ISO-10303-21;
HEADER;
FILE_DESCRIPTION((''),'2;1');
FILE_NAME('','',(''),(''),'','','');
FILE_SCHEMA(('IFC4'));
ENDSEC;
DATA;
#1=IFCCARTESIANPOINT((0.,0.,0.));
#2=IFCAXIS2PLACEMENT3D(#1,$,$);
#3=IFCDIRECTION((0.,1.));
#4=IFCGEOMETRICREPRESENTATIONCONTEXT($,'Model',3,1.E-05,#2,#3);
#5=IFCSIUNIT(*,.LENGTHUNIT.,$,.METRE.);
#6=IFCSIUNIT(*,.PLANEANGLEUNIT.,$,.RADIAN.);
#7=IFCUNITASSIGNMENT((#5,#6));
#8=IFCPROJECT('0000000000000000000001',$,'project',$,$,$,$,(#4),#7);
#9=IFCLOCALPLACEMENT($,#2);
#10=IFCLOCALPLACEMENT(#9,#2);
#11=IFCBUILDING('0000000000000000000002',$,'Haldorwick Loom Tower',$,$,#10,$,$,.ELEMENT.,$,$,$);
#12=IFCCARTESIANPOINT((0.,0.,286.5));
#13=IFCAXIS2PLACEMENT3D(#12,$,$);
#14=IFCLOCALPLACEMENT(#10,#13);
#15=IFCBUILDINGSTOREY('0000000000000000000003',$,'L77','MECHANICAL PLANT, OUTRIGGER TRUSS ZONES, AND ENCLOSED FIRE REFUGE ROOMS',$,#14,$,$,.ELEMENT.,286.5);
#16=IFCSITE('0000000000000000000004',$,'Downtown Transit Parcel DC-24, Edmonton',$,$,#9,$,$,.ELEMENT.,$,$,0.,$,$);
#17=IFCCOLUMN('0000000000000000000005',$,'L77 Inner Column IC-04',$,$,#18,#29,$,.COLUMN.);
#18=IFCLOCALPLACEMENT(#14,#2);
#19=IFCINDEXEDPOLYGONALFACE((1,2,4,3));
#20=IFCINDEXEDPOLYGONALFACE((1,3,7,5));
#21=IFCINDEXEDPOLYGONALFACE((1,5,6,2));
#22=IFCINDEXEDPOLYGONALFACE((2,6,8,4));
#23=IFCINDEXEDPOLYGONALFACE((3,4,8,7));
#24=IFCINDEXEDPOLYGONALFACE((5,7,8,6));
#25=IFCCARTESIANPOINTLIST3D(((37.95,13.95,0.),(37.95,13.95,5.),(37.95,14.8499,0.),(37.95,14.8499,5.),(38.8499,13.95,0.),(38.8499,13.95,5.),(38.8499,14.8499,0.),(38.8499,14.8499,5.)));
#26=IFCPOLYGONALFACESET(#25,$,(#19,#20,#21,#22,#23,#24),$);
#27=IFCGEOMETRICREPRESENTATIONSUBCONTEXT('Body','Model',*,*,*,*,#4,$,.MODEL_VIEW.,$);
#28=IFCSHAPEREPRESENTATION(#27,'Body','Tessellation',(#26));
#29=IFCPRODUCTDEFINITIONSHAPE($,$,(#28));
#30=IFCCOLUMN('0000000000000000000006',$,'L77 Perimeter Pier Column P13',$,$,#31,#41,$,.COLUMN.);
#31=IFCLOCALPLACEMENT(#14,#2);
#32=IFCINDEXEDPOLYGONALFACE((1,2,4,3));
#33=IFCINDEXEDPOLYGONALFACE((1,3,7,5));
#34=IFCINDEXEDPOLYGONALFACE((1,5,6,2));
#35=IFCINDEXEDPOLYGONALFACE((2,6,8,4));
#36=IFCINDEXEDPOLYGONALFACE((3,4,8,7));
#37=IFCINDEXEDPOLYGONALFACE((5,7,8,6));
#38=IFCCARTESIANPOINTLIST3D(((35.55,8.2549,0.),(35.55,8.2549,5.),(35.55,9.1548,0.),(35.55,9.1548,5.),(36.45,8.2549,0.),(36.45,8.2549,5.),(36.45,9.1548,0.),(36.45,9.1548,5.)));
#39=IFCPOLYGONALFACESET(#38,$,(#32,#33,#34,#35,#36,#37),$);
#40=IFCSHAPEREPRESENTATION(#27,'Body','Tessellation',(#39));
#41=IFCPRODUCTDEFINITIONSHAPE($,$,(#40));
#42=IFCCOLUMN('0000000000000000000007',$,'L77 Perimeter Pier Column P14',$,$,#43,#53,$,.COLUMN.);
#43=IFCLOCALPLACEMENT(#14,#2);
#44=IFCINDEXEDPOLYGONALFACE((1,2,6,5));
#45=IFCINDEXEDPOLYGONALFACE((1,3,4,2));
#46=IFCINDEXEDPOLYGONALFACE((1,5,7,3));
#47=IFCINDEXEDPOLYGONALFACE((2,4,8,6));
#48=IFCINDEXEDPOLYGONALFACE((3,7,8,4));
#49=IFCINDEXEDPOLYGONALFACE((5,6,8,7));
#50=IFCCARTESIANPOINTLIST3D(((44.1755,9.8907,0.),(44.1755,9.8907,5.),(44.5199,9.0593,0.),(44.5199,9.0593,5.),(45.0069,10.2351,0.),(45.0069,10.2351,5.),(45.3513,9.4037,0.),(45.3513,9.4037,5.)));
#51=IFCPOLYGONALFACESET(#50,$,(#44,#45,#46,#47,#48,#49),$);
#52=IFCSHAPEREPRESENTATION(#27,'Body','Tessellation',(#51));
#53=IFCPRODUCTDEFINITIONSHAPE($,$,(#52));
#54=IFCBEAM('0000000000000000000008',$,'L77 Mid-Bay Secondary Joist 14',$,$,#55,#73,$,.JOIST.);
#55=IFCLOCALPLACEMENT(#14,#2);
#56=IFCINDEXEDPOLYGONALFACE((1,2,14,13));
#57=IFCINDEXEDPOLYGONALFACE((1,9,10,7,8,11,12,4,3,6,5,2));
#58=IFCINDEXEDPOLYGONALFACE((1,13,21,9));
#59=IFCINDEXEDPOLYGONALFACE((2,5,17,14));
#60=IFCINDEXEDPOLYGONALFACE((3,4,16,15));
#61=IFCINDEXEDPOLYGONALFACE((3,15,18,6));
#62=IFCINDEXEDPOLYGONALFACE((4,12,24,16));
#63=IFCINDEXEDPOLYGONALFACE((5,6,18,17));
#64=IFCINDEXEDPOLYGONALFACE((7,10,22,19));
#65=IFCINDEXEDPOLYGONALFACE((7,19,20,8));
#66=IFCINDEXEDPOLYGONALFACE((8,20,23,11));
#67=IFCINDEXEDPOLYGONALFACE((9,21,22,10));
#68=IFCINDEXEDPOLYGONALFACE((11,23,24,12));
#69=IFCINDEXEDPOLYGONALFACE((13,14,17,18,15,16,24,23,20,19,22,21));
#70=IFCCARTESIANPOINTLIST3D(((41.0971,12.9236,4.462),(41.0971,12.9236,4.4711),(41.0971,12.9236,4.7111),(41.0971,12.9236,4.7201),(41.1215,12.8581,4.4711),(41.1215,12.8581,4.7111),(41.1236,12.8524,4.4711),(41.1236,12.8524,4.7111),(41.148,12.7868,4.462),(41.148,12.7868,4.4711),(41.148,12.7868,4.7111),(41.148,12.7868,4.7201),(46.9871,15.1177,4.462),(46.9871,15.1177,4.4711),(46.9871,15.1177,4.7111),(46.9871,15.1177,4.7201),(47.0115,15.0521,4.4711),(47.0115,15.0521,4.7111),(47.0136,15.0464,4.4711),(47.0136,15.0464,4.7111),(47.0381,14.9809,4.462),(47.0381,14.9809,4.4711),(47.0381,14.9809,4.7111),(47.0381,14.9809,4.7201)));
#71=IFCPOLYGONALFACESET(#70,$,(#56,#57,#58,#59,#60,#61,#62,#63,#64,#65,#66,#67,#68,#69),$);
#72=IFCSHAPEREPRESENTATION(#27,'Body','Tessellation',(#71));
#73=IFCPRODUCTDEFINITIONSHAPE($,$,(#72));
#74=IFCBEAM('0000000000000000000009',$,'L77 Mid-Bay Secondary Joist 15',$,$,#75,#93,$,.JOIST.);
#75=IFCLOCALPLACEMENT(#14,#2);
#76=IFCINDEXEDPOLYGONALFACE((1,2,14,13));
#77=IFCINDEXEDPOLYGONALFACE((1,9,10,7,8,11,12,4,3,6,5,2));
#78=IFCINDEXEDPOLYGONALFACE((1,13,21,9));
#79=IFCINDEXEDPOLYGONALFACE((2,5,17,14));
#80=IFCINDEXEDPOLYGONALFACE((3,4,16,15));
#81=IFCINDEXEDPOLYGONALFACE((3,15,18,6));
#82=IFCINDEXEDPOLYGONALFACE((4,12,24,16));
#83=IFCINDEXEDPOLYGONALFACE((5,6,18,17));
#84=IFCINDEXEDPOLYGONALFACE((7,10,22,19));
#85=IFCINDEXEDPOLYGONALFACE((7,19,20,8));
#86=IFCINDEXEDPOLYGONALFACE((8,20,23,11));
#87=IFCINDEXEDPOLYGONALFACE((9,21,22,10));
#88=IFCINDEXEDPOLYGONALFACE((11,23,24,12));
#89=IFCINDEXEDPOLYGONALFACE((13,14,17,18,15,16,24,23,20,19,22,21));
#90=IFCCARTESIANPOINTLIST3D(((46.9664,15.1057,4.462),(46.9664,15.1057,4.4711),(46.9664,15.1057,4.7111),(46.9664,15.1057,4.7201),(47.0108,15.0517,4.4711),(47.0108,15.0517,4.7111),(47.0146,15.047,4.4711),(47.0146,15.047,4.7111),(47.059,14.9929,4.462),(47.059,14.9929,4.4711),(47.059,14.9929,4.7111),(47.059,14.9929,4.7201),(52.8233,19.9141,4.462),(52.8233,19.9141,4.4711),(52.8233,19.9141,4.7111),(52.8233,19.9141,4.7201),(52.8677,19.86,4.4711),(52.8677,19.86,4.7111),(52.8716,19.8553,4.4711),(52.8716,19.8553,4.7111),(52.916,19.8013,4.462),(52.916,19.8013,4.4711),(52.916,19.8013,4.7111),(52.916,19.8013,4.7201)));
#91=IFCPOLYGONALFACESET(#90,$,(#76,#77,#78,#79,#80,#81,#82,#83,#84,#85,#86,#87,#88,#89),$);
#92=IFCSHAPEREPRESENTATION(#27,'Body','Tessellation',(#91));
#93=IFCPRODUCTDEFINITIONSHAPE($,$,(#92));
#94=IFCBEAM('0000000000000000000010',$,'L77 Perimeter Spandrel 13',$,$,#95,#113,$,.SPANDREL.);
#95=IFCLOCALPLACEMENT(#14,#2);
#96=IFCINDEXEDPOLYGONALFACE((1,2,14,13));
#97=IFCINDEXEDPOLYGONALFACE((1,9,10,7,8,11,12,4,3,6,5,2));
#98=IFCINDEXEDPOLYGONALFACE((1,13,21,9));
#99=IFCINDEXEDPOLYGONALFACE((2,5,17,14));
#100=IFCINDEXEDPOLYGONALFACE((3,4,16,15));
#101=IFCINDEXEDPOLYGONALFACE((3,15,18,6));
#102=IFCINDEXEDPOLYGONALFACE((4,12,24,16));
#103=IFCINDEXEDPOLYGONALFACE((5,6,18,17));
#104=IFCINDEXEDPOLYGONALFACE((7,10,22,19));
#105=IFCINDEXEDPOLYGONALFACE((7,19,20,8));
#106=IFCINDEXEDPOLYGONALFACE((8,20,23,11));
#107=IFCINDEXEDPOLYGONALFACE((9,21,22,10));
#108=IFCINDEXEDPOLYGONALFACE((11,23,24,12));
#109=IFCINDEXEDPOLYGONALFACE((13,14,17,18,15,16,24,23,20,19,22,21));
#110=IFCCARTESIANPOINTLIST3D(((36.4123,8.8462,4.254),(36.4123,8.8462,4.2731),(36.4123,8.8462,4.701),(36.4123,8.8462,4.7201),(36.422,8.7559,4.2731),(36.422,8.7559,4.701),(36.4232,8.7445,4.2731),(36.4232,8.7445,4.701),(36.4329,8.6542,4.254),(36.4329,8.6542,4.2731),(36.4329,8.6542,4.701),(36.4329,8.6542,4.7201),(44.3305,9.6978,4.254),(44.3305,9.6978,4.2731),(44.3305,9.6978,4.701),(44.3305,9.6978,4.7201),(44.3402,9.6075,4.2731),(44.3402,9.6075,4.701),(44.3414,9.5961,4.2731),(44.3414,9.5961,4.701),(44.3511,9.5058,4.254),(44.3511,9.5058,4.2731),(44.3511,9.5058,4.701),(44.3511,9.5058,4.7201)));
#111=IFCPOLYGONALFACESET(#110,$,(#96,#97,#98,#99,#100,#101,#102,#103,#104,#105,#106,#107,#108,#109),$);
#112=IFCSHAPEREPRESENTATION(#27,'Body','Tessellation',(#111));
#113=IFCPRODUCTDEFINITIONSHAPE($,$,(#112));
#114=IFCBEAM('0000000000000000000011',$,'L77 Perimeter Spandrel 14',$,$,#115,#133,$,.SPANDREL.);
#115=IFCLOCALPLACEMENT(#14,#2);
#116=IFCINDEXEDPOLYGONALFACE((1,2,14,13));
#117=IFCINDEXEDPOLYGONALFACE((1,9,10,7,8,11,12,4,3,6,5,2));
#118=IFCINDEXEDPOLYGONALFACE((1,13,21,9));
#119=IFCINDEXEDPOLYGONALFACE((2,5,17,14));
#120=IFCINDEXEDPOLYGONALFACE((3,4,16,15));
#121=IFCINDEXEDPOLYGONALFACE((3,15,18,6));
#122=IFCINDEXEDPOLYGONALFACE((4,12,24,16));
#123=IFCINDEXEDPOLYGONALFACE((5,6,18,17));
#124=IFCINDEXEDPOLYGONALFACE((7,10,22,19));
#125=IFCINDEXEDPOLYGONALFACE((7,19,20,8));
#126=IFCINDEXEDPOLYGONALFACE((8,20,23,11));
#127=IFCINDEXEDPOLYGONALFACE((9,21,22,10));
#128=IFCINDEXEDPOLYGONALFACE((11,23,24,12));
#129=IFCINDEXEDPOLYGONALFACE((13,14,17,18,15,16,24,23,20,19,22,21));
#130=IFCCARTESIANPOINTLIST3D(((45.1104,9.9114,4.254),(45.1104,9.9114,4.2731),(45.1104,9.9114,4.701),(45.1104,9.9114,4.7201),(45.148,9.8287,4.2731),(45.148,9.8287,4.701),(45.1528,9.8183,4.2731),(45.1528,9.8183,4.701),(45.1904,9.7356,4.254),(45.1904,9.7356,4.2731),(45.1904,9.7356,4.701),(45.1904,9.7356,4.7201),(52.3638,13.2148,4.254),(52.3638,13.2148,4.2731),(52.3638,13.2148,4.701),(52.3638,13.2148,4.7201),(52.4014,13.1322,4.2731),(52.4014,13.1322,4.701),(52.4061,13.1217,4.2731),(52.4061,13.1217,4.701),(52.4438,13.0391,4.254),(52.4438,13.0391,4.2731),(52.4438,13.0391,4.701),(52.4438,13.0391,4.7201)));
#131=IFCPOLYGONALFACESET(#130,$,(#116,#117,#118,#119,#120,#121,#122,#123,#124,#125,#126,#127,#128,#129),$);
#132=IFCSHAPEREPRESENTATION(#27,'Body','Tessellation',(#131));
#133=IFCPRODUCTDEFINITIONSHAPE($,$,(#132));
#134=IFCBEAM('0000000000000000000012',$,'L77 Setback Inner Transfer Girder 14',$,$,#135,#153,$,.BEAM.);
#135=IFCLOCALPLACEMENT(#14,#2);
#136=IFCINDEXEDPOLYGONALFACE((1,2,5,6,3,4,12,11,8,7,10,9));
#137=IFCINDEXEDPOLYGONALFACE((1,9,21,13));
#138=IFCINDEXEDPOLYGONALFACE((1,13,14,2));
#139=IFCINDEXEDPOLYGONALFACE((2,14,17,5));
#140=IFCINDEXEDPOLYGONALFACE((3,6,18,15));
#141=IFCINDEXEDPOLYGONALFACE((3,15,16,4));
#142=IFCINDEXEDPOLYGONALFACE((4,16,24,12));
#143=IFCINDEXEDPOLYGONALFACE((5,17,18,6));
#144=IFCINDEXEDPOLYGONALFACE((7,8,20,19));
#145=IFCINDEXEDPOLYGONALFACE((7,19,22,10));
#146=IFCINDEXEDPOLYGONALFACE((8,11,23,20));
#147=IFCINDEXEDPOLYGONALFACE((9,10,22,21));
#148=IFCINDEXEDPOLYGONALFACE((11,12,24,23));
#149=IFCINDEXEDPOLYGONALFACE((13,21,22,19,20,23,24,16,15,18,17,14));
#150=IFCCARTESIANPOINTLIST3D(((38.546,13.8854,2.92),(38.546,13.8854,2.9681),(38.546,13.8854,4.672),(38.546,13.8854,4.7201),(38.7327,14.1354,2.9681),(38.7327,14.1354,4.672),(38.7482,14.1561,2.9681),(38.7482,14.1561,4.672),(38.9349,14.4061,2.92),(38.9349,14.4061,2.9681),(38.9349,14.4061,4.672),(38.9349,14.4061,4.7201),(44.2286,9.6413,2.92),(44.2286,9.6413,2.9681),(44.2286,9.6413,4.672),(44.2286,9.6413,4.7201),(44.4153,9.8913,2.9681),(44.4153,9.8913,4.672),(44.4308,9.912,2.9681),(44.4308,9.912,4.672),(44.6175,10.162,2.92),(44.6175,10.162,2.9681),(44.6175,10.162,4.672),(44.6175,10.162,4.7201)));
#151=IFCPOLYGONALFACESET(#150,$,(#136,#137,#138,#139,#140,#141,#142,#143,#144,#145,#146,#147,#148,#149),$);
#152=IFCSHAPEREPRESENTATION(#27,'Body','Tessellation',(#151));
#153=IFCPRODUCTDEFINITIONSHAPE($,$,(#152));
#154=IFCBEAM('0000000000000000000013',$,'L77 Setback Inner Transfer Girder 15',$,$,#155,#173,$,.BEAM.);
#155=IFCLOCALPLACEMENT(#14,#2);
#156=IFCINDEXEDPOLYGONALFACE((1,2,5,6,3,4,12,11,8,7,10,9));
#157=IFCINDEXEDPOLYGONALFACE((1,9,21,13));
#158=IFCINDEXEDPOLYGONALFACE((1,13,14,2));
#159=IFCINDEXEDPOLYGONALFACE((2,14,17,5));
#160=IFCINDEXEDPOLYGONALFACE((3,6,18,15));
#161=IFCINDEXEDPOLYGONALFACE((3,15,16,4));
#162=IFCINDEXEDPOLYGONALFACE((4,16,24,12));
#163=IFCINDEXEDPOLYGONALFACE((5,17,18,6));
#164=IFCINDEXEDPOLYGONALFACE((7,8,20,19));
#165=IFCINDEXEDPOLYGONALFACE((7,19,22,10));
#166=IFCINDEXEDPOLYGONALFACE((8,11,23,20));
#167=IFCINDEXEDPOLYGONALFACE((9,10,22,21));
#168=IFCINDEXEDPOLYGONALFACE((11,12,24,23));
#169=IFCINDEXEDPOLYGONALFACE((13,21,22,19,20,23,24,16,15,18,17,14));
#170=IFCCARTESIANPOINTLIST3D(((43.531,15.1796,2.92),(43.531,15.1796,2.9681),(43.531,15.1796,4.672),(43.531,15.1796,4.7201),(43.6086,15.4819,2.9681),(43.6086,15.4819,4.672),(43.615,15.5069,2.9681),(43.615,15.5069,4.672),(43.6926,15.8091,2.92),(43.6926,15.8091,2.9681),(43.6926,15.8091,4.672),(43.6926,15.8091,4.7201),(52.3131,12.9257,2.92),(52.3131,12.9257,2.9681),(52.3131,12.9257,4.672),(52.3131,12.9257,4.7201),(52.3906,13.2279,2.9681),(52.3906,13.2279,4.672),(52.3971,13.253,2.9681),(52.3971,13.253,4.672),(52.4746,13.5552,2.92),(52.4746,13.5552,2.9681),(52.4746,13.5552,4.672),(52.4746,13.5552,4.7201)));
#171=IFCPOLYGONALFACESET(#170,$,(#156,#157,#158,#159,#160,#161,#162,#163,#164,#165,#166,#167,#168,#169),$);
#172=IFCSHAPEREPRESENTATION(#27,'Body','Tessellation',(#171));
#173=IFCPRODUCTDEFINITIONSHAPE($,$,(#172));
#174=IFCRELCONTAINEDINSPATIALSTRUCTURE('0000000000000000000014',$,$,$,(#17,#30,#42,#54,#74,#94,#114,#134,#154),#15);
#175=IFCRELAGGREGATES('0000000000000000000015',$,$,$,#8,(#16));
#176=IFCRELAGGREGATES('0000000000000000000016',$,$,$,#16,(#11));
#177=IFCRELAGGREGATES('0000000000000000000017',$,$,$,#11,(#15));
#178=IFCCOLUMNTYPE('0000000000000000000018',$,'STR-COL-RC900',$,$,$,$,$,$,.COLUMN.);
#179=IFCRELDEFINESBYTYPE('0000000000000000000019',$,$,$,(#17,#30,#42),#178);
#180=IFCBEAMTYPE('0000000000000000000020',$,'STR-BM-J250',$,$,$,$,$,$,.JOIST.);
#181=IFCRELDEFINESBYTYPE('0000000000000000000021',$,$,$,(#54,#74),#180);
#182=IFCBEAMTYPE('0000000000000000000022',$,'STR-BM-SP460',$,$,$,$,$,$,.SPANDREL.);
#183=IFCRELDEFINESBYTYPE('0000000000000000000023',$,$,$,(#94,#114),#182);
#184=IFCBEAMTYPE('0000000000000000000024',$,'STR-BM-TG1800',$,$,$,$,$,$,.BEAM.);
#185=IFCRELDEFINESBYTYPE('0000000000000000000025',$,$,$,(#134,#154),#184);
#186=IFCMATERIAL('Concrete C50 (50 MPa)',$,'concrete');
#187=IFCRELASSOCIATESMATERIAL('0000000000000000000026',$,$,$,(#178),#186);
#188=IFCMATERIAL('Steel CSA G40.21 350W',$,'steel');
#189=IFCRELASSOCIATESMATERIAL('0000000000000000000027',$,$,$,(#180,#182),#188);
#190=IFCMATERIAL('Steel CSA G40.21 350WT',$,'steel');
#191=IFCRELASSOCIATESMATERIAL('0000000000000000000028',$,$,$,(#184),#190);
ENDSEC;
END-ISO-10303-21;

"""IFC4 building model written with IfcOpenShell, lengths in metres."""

from ifc_helpers import new_model, si_unit, direction, frame, origin, origin_2d, place, context, subcontext, project, spatial, rectangle, i_section, extrude, material, material_profile, profile_set, type_object, element, save


model = new_model("IFC4")

# Units and contexts
model_context = context("Model", 3, precision=1e-05, world=origin(), true_north=direction((0.0, 1.0)))
body_context = subcontext(model_context, "Body", "Model", "MODEL_VIEW")
ifc_project = project(units=[si_unit("LENGTHUNIT", "METRE"), si_unit("PLANEANGLEUNIT", "RADIAN")], contexts=[model_context])

# Site, building, storey
site_placement = place(None, origin())
site = spatial("IfcSite", under=ifc_project, at=site_placement, Name="Downtown Transit Parcel DC-24, Edmonton", CompositionType="ELEMENT", RefElevation=0.0)
building_placement = place(site_placement, origin())
building = spatial("IfcBuilding", under=site, at=building_placement, Name="Haldorwick Loom Tower", CompositionType="ELEMENT")
storey_placement = place(building_placement, frame((0.0, 0.0, 286.5)))
storey = spatial("IfcBuildingStorey", under=building, at=storey_placement, Name="L77", Description="MECHANICAL PLANT, OUTRIGGER TRUSS ZONES, AND ENCLOSED FIRE REFUGE ROOMS", CompositionType="ELEMENT", Elevation=286.5)

# Columns
ifc_material_1 = material(Name="Concrete C50 (50 MPa)", Category="concrete")
ifc_material_profile_1 = material_profile(ifc_material_1, rectangle(XDim=0.8999, YDim=0.8999, at=origin_2d()), Name="RC900X900", Category="concrete")
ifc_profile_set_1 = profile_set([ifc_material_profile_1], Name="Concrete C50 (50 MPa)")
column_type = type_object("IfcColumnType", Name="STR-COL-RC900", PredefinedType="COLUMN", material=ifc_profile_set_1)
for number, where, z_axis, x_axis, name in (
    (1, (38.3999, 14.3999, 0.0), (0.0, 0.0, 1.0), (1.0, 0.0, 0.0), "L77 Inner Column IC-04"),
    (2, (36.0, 8.7048, 0.0), (0.0, 0.0, 1.0), (0.0, -1.0, 0.0), "L77 Perimeter Pier Column P13"),
    (3, (44.7634, 9.6472, 0.0), (0.0, 0.0, 1.0), (0.382683, -0.92388, 0.0), "L77 Perimeter Pier Column P14"),
):
    element("IfcColumn", number, at=place(storey_placement, frame(where, z_axis=z_axis, x_axis=x_axis)), inside=storey, type_object=column_type, Name=name, PredefinedType="COLUMN", context=body_context, shape_type="SweptSolid", body=[
        extrude(rectangle(XDim=0.8999, YDim=0.8999, at=origin_2d()), origin(), (0.0, 0.0, 1.0), 5.0),
    ])

# Beams
ifc_material_2 = material(Name="Steel CSA G40.21 350W", Category="steel")
ifc_material_profile_2 = material_profile(ifc_material_2, i_section(OverallWidth=0.146, OverallDepth=0.2581, WebThickness=0.0061, FlangeThickness=0.009, at=origin_2d()), Name="W250X33", Category="steel")
ifc_profile_set_2 = profile_set([ifc_material_profile_2], Name="Steel CSA G40.21 350W")
beam_type_1 = type_object("IfcBeamType", Name="STR-BM-J250", PredefinedType="JOIST", material=ifc_profile_set_2)
beam_1_placement = place(storey_placement, frame((41.1226, 12.8552, 4.5911), z_axis=(0.937096, 0.349071, 0.0), x_axis=(-0.349071, 0.937096, 0.0)))
element("IfcBeam", 4, at=beam_1_placement, inside=storey, type_object=beam_type_1, Name="L77 Mid-Bay Secondary Joist 14", PredefinedType="JOIST", context=body_context, shape_type="SweptSolid", body=[
    extrude(i_section(OverallWidth=0.146, OverallDepth=0.2581, WebThickness=0.0061, FlangeThickness=0.009, at=origin_2d()), origin(), (0.0, 0.0, 1.0), 6.2854),
])
beam_2_placement = place(storey_placement, frame((47.0127, 15.0493, 4.5911), z_axis=(0.772901, 0.634526, 0.0), x_axis=(-0.634526, 0.772901, 0.0)))
element("IfcBeam", 5, at=beam_2_placement, inside=storey, type_object=beam_type_1, Name="L77 Mid-Bay Secondary Joist 15", PredefinedType="JOIST", context=body_context, shape_type="SweptSolid", body=[
    extrude(i_section(OverallWidth=0.146, OverallDepth=0.2581, WebThickness=0.0061, FlangeThickness=0.009, at=origin_2d()), origin(), (0.0, 0.0, 1.0), 7.5779),
])
ifc_material_profile_3 = material_profile(ifc_material_2, i_section(OverallWidth=0.1931, OverallDepth=0.4661, WebThickness=0.0115, FlangeThickness=0.019, at=origin_2d()), Name="W460X97", Category="steel")
ifc_profile_set_3 = profile_set([ifc_material_profile_3], Name="Steel CSA G40.21 350W")
beam_type_2 = type_object("IfcBeamType", Name="STR-BM-SP460", PredefinedType="SPANDREL", material=ifc_profile_set_3)
beam_3_placement = place(storey_placement, frame((36.4226, 8.7502, 4.4871), z_axis=(0.994267, 0.106928, 0.0), x_axis=(-0.106928, 0.994267, 0.0)))
element("IfcBeam", 6, at=beam_3_placement, inside=storey, type_object=beam_type_2, Name="L77 Perimeter Spandrel 13", PredefinedType="SPANDREL", context=body_context, shape_type="SweptSolid", body=[
    extrude(i_section(OverallWidth=0.1931, OverallDepth=0.4661, WebThickness=0.0115, FlangeThickness=0.019, at=origin_2d()), origin(), (0.0, 0.0, 1.0), 7.9639),
])
beam_4_placement = place(storey_placement, frame((45.1504, 9.8235, 4.4871), z_axis=(0.910061, 0.414474, 0.0), x_axis=(-0.414474, 0.910061, 0.0)))
element("IfcBeam", 7, at=beam_4_placement, inside=storey, type_object=beam_type_2, Name="L77 Perimeter Spandrel 14", PredefinedType="SPANDREL", context=body_context, shape_type="SweptSolid", body=[
    extrude(i_section(OverallWidth=0.1931, OverallDepth=0.4661, WebThickness=0.0115, FlangeThickness=0.019, at=origin_2d()), origin(), (0.0, 0.0, 1.0), 7.9702),
])
ifc_material_3 = material(Name="Steel CSA G40.21 350WT", Category="steel")
ifc_material_profile_4 = material_profile(ifc_material_3, i_section(OverallWidth=0.6499, OverallDepth=1.8, WebThickness=0.0259, FlangeThickness=0.0481, at=origin_2d()), Name="WWF1800X650", Category="steel")
ifc_profile_set_4 = profile_set([ifc_material_profile_4], Name="Steel CSA G40.21 350WT")
beam_type_3 = type_object("IfcBeamType", Name="STR-BM-TG1800", PredefinedType="BEAM", material=ifc_profile_set_4)
beam_5_placement = place(storey_placement, frame((38.7405, 14.1458, 3.8201), z_axis=(0.801205, -0.598391, 0.0), x_axis=(0.598391, 0.801205, 0.0)))
element("IfcBeam", 8, at=beam_5_placement, inside=storey, type_object=beam_type_3, Name="L77 Setback Inner Transfer Girder 14", PredefinedType="BEAM", context=body_context, shape_type="SweptSolid", body=[
    extrude(i_section(OverallWidth=0.6499, OverallDepth=1.8, WebThickness=0.0259, FlangeThickness=0.0481, at=origin_2d()), origin(), (0.0, 0.0, 1.0), 7.0925),
])
beam_6_placement = place(storey_placement, frame((43.6118, 15.4944, 3.8201), z_axis=(0.968608, -0.248594, 0.0), x_axis=(0.248594, 0.968608, 0.0)))
element("IfcBeam", 9, at=beam_6_placement, inside=storey, type_object=beam_type_3, Name="L77 Setback Inner Transfer Girder 15", PredefinedType="BEAM", context=body_context, shape_type="SweptSolid", body=[
    extrude(i_section(OverallWidth=0.6499, OverallDepth=1.8, WebThickness=0.0259, FlangeThickness=0.0481, at=origin_2d()), origin(), (0.0, 0.0, 1.0), 9.0667),
])

save(model, "model.ifc")
